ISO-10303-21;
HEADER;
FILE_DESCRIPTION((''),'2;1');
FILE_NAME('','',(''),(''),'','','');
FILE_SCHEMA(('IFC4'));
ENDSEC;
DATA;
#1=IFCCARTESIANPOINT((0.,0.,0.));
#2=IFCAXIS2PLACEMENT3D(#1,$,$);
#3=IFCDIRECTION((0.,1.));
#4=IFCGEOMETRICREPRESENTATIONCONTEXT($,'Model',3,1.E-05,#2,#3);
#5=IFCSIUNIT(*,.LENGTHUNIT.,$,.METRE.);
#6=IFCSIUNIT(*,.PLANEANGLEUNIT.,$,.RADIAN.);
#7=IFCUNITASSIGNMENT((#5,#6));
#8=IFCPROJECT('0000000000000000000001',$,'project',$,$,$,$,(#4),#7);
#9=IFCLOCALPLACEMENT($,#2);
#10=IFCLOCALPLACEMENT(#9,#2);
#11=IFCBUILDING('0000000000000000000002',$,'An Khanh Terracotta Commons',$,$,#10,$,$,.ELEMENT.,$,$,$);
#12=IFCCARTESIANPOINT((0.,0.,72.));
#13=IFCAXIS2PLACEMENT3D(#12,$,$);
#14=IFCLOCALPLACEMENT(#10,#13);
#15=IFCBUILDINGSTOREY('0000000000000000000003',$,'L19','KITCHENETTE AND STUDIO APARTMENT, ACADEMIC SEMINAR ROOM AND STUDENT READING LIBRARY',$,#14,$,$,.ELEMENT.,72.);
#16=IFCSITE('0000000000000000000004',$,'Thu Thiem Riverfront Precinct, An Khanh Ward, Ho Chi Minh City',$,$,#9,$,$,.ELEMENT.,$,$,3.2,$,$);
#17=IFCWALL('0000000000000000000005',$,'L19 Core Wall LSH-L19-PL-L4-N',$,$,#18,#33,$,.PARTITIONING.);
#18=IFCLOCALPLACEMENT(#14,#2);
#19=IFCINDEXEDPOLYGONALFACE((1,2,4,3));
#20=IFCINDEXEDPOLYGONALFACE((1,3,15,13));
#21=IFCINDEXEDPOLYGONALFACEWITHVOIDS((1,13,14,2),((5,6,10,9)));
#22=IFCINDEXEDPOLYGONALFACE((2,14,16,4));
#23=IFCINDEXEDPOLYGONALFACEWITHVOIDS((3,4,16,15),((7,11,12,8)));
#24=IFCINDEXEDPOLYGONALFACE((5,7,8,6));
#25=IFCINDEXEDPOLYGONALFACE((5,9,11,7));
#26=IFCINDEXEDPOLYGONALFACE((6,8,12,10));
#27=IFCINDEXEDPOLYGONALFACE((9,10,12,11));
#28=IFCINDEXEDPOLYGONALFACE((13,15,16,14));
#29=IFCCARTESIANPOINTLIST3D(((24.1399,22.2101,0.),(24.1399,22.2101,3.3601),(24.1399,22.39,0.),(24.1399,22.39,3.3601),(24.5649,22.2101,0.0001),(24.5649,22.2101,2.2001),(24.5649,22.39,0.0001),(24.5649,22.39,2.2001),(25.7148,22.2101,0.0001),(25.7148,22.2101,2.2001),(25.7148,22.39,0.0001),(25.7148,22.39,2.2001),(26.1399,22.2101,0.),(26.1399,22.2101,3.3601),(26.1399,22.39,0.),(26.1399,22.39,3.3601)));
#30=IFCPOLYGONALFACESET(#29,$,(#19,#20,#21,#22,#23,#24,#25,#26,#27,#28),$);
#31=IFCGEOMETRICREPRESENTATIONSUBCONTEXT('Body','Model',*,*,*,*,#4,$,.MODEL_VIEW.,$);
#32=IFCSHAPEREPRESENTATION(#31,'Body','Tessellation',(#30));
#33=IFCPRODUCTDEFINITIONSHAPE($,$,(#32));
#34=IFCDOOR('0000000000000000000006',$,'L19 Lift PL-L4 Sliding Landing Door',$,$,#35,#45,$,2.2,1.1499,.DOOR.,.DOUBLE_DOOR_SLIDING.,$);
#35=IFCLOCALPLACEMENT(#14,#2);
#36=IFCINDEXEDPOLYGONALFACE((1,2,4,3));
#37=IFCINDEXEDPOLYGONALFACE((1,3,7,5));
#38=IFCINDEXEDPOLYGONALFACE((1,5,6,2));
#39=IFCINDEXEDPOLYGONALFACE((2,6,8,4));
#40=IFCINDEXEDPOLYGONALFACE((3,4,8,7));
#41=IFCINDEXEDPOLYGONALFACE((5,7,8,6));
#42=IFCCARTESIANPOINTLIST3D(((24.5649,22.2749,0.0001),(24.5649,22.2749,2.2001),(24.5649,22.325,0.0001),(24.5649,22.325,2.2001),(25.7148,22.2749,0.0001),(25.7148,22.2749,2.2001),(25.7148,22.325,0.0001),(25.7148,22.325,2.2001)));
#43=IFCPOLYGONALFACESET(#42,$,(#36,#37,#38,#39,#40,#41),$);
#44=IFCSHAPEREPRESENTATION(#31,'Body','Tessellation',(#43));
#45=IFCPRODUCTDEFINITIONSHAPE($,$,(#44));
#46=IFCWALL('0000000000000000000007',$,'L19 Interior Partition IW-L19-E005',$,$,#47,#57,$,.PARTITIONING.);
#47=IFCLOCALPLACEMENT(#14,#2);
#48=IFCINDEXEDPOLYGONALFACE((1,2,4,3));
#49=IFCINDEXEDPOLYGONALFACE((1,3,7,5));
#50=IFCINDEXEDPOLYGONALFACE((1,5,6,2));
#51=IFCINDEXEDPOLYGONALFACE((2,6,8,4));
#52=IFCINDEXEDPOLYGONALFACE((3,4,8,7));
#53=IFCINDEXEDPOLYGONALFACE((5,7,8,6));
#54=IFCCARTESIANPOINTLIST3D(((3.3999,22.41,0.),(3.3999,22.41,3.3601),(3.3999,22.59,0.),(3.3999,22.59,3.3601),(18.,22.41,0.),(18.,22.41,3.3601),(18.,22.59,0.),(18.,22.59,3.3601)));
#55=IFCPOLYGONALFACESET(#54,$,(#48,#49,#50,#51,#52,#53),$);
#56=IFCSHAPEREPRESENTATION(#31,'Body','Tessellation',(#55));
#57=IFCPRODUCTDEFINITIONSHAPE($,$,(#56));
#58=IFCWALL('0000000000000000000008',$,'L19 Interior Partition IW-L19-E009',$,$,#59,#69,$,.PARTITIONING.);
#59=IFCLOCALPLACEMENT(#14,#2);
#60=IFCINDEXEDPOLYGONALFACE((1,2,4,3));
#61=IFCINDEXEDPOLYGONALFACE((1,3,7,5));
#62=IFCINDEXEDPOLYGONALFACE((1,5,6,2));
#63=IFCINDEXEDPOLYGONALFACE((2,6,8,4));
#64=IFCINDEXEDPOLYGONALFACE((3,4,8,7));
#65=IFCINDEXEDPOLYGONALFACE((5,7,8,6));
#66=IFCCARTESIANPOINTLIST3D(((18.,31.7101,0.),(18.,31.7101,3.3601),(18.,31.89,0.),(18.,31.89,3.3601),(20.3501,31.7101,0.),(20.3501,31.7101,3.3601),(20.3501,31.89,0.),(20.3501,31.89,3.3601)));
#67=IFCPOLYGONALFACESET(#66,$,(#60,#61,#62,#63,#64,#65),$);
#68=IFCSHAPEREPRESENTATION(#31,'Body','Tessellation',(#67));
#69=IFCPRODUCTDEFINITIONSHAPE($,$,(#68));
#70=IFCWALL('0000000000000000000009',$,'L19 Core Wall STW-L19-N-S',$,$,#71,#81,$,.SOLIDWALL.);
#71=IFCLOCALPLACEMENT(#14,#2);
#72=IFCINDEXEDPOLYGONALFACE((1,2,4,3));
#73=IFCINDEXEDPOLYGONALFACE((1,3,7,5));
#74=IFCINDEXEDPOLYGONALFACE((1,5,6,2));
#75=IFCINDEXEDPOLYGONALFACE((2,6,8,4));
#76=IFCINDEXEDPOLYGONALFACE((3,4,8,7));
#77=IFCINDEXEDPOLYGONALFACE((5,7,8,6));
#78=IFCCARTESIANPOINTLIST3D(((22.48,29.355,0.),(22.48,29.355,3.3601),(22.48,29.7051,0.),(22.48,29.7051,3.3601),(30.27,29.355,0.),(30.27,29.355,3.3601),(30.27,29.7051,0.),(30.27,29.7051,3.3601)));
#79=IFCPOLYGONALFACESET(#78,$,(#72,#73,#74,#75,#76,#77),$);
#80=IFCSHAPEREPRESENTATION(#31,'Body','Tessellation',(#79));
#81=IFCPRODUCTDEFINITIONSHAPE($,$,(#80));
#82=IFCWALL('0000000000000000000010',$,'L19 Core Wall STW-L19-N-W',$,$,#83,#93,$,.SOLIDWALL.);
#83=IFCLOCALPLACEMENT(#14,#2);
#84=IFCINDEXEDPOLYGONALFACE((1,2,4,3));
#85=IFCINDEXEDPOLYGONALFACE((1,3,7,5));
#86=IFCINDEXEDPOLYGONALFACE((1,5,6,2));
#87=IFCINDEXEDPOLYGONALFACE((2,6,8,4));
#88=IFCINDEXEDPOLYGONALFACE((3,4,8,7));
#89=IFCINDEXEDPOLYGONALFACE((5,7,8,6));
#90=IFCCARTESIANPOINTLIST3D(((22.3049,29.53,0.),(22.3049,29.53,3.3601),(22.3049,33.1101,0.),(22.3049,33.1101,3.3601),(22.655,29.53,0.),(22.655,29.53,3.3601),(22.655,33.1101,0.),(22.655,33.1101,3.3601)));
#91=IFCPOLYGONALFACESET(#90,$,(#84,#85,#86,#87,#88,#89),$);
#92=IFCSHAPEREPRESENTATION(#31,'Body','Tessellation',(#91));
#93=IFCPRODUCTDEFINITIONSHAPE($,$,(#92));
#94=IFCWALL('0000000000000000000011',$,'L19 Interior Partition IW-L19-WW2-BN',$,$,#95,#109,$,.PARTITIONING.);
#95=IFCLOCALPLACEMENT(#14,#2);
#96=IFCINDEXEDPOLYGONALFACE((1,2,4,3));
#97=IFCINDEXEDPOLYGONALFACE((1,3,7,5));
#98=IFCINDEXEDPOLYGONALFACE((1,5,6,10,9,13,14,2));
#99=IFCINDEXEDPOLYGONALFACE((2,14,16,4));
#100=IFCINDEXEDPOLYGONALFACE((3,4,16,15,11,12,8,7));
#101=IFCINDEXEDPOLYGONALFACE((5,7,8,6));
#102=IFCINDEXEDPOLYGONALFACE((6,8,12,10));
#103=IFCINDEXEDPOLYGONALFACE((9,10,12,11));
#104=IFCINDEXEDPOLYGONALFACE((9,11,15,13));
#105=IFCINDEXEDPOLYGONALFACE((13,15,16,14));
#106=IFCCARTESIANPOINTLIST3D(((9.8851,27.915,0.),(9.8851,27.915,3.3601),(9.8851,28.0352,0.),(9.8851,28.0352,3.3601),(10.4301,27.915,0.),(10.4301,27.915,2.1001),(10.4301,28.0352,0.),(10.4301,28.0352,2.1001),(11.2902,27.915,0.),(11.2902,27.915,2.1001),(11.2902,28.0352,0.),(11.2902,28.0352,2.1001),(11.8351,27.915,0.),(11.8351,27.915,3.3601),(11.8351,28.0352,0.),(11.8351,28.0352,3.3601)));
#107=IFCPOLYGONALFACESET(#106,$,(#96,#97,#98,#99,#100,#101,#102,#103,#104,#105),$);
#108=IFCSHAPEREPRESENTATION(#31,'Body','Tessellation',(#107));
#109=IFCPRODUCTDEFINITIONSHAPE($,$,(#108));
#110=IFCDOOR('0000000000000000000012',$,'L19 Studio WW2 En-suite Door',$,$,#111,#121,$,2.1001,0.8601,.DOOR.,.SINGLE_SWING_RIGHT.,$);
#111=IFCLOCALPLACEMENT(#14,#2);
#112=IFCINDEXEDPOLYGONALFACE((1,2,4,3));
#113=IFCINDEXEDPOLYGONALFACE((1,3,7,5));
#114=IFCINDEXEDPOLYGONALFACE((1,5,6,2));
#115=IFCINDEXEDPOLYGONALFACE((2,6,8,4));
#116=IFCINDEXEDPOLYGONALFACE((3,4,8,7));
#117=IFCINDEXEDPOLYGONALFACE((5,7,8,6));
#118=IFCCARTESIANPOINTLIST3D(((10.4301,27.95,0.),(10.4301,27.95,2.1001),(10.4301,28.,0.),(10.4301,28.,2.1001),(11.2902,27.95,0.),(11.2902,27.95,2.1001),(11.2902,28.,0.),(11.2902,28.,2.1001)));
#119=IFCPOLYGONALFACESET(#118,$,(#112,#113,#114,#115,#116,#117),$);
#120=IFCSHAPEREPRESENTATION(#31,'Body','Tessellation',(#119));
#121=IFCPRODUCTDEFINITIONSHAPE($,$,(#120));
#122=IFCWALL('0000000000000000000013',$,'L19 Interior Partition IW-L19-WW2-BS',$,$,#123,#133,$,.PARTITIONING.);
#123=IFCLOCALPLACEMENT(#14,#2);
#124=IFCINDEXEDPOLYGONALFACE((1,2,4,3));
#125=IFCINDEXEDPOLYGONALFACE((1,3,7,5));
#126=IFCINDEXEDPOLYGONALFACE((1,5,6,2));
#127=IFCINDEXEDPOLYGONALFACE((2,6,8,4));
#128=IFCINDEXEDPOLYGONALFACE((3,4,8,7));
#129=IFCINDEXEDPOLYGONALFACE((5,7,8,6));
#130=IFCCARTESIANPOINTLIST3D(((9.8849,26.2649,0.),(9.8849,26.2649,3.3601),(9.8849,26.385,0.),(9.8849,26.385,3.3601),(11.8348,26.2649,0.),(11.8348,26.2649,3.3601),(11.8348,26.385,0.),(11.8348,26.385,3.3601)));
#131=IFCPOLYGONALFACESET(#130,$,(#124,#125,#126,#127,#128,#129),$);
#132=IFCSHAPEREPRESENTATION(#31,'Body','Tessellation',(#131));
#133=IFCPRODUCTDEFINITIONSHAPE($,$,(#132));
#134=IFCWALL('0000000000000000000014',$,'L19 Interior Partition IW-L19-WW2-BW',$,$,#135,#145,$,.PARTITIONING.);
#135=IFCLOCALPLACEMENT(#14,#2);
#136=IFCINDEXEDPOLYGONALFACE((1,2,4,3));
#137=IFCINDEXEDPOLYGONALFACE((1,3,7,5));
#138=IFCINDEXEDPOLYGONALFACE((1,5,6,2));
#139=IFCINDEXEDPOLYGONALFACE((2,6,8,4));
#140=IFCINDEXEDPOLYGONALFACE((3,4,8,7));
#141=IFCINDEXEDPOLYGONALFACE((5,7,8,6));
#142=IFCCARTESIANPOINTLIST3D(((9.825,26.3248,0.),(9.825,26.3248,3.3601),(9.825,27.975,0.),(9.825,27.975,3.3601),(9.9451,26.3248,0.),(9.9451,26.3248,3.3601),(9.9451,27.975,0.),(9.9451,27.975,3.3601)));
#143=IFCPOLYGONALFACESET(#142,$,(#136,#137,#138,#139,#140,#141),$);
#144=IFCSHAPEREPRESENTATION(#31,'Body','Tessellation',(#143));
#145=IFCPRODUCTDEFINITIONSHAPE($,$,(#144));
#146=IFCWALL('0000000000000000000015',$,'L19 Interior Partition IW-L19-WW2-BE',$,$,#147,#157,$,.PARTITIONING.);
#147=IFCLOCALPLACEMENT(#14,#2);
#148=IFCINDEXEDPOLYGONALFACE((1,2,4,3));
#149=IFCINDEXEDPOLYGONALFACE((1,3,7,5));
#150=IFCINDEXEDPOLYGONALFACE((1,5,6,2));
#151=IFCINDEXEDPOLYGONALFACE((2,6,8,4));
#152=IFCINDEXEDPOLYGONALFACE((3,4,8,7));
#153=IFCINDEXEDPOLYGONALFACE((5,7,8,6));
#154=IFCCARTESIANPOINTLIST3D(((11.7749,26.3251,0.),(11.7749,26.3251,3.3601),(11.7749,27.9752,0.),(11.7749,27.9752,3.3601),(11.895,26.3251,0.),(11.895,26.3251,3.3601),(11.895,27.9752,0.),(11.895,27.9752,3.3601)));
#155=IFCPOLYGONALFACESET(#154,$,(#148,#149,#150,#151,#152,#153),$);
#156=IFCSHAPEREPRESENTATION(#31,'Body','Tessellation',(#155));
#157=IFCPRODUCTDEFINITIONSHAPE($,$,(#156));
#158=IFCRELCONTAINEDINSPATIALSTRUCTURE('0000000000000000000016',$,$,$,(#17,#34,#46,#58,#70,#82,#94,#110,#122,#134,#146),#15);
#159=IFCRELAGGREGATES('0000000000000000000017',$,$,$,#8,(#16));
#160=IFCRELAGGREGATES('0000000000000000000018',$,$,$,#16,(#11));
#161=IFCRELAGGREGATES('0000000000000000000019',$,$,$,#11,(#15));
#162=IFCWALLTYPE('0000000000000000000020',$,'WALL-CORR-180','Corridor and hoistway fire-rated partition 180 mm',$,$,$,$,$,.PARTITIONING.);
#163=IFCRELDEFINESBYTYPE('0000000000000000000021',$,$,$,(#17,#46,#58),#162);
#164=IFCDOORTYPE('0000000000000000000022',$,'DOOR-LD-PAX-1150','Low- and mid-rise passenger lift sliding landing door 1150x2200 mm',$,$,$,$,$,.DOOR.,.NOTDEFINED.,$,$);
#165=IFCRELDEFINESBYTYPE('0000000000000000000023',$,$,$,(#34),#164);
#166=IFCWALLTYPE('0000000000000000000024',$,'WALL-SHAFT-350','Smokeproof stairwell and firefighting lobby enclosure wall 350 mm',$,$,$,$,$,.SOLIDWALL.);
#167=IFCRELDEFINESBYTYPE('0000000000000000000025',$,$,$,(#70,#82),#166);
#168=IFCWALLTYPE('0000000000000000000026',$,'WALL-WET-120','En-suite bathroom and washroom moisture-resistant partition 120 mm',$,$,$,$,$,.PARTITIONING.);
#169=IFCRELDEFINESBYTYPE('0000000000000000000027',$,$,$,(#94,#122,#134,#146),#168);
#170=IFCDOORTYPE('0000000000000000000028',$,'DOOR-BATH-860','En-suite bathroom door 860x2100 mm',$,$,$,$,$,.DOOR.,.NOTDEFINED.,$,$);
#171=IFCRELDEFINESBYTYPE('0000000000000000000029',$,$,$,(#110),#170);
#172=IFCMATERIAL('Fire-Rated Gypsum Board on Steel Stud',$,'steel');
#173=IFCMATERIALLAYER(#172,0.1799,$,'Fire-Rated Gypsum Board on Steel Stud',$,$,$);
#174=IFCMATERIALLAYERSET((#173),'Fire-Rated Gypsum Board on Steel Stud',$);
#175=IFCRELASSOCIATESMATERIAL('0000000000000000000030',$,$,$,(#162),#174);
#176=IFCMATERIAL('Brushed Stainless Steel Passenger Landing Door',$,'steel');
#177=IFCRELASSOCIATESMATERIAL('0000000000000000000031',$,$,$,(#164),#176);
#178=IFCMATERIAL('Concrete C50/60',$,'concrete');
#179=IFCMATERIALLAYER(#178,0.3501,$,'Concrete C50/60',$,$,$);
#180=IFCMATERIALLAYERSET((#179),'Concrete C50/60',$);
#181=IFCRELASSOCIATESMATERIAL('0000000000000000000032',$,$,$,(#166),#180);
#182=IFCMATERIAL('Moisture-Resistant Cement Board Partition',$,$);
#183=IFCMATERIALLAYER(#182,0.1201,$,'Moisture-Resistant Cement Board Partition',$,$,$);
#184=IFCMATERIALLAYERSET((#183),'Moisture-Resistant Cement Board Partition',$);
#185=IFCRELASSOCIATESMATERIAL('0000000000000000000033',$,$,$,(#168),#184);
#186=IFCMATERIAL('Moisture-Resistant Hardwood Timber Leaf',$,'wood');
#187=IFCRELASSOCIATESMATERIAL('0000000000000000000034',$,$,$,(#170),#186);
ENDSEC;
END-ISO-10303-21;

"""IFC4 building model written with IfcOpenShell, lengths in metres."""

from ifc_helpers import new_model, si_unit, direction, frame, frame_2d, origin, place, context, subcontext, project, spatial, rectangle, extrude, material, layer, layer_set, type_object, element, fill, save


model = new_model("IFC4")

# Units and contexts
model_context = context("Model", 3, precision=1e-05, world=origin(), true_north=direction((0.0, 1.0)))
body_context = subcontext(model_context, "Body", "Model", "MODEL_VIEW")
ifc_project = project(units=[si_unit("LENGTHUNIT", "METRE"), si_unit("PLANEANGLEUNIT", "RADIAN")], contexts=[model_context])

# Site, building, storey
site_placement = place(None, origin())
site = spatial("IfcSite", under=ifc_project, at=site_placement, Name="Thu Thiem Riverfront Precinct, An Khanh Ward, Ho Chi Minh City", CompositionType="ELEMENT", RefElevation=3.2)
building_placement = place(site_placement, origin())
building = spatial("IfcBuilding", under=site, at=building_placement, Name="An Khanh Terracotta Commons", CompositionType="ELEMENT")
storey_placement = place(building_placement, frame((0.0, 0.0, 72.0)))
storey = spatial("IfcBuildingStorey", under=building, at=storey_placement, Name="L19", Description="KITCHENETTE AND STUDIO APARTMENT, ACADEMIC SEMINAR ROOM AND STUDENT READING LIBRARY", CompositionType="ELEMENT", Elevation=72.0)

# Shared definitions
ifc_material_1 = material(Name="Fire-Rated Gypsum Board on Steel Stud", Category="steel")
ifc_layer_1 = layer(ifc_material_1, 0.1799, Name="Fire-Rated Gypsum Board on Steel Stud")
ifc_layer_set_1 = layer_set([ifc_layer_1], Name="Fire-Rated Gypsum Board on Steel Stud")
wall_type_1 = type_object("IfcWallType", Name="WALL-CORR-180", Description="Corridor and hoistway fire-rated partition 180 mm", PredefinedType="PARTITIONING", material=ifc_layer_set_1)

# Shared definitions
ifc_material_2 = material(Name="Brushed Stainless Steel Passenger Landing Door", Category="steel")
door_type_1 = type_object("IfcDoorType", Name="DOOR-LD-PAX-1150", Description="Low- and mid-rise passenger lift sliding landing door 1150x2200 mm", OperationType="NOTDEFINED", PredefinedType="DOOR", material=ifc_material_2)

# Wall, opening, door
wall_1_placement = place(storey_placement, frame((24.1399, 22.3, 0.0), z_axis=(0.0, 0.0, 1.0), x_axis=(1.0, 0.0, 0.0)))
wall_1 = element("IfcWall", 1, at=wall_1_placement, inside=storey, type_object=wall_type_1, Name="L19 Core Wall LSH-L19-PL-L4-N", PredefinedType="PARTITIONING", context=body_context, shape_type="SweptSolid", body=[
    extrude(rectangle(XDim=2.0, YDim=0.1799, at=frame_2d((1.0, 0.0))), origin(), (0.0, 0.0, 1.0), 3.3601),
])
opening_1_placement = place(wall_1_placement, frame((0.425, 0.0, 0.0)))
opening_1 = element("IfcOpeningElement", 2, at=opening_1_placement, cuts=wall_1, PredefinedType="OPENING", context=body_context, shape_type="SweptSolid", body=[
    extrude(rectangle(XDim=1.1499, YDim=2.2, at=frame_2d((0.575, 1.1001))), frame((0.0, 0.0999, 0.0), z_axis=(0.0, -1.0, 0.0), x_axis=(1.0, 0.0, 0.0)), (0.0, 0.0, 1.0), 0.2),
])
door_1_placement = place(opening_1_placement, origin())
door_1 = element("IfcDoor", 3, at=door_1_placement, inside=storey, type_object=door_type_1, Name="L19 Lift PL-L4 Sliding Landing Door", OperationType="DOUBLE_DOOR_SLIDING", OverallHeight=2.2, OverallWidth=1.1499, PredefinedType="DOOR", context=body_context, shape_type="SweptSolid", body=[
    extrude(rectangle(XDim=1.1499, YDim=2.2, at=frame_2d((0.575, 1.1001))), frame((0.0, 0.0249, 0.0), z_axis=(0.0, -1.0, 0.0), x_axis=(1.0, 0.0, 0.0)), (0.0, 0.0, 1.0), 0.05),
])
fill(opening_1, door_1)

# Walls
wall_2_placement = place(storey_placement, frame((3.3999, 22.5, 0.0), z_axis=(0.0, 0.0, 1.0), x_axis=(1.0, 0.0, 0.0)))
element("IfcWall", 4, at=wall_2_placement, inside=storey, type_object=wall_type_1, Name="L19 Interior Partition IW-L19-E005", PredefinedType="PARTITIONING", context=body_context, shape_type="SweptSolid", body=[
    extrude(rectangle(XDim=14.6001, YDim=0.1799, at=frame_2d((7.3, 0.0))), origin(), (0.0, 0.0, 1.0), 3.3601),
])
wall_3_placement = place(storey_placement, frame((18.0, 31.8, 0.0), z_axis=(0.0, 0.0, 1.0), x_axis=(1.0, 0.0, 0.0)))
element("IfcWall", 5, at=wall_3_placement, inside=storey, type_object=wall_type_1, Name="L19 Interior Partition IW-L19-E009", PredefinedType="PARTITIONING", context=body_context, shape_type="SweptSolid", body=[
    extrude(rectangle(XDim=2.3501, YDim=0.1799, at=frame_2d((1.175, 0.0))), origin(), (0.0, 0.0, 1.0), 3.3601),
])
ifc_material_3 = material(Name="Concrete C50/60", Category="concrete")
ifc_layer_2 = layer(ifc_material_3, 0.3501, Name="Concrete C50/60")
ifc_layer_set_2 = layer_set([ifc_layer_2], Name="Concrete C50/60")
wall_type_2 = type_object("IfcWallType", Name="WALL-SHAFT-350", Description="Smokeproof stairwell and firefighting lobby enclosure wall 350 mm", PredefinedType="SOLIDWALL", material=ifc_layer_set_2)
wall_4_placement = place(storey_placement, frame((22.48, 29.53, 0.0), z_axis=(0.0, 0.0, 1.0), x_axis=(1.0, 0.0, 0.0)))
element("IfcWall", 6, at=wall_4_placement, inside=storey, type_object=wall_type_2, Name="L19 Core Wall STW-L19-N-S", PredefinedType="SOLIDWALL", context=body_context, shape_type="SweptSolid", body=[
    extrude(rectangle(XDim=7.79, YDim=0.3501, at=frame_2d((3.895, 0.0))), origin(), (0.0, 0.0, 1.0), 3.3601),
])
wall_5_placement = place(storey_placement, frame((22.48, 29.53, 0.0), z_axis=(0.0, 0.0, 1.0), x_axis=(0.0, 1.0, 0.0)))
element("IfcWall", 7, at=wall_5_placement, inside=storey, type_object=wall_type_2, Name="L19 Core Wall STW-L19-N-W", PredefinedType="SOLIDWALL", context=body_context, shape_type="SweptSolid", body=[
    extrude(rectangle(XDim=3.5801, YDim=0.3501, at=frame_2d((1.79, 0.0))), origin(), (0.0, 0.0, 1.0), 3.3601),
])

# Wall, opening, door
ifc_material_4 = material(Name="Moisture-Resistant Cement Board Partition")
ifc_layer_3 = layer(ifc_material_4, 0.1201, Name="Moisture-Resistant Cement Board Partition")
ifc_layer_set_3 = layer_set([ifc_layer_3], Name="Moisture-Resistant Cement Board Partition")
wall_type_3 = type_object("IfcWallType", Name="WALL-WET-120", Description="En-suite bathroom and washroom moisture-resistant partition 120 mm", PredefinedType="PARTITIONING", material=ifc_layer_set_3)
wall_6_placement = place(storey_placement, frame((9.885, 27.9751, 0.0), z_axis=(0.0, 0.0, 1.0), x_axis=(1.0, 0.0, 0.0)))
wall_6 = element("IfcWall", 8, at=wall_6_placement, inside=storey, type_object=wall_type_3, Name="L19 Interior Partition IW-L19-WW2-BN", PredefinedType="PARTITIONING", context=body_context, shape_type="SweptSolid", body=[
    extrude(rectangle(XDim=1.95, YDim=0.1201, at=frame_2d((0.9751, 0.0))), origin(), (0.0, 0.0, 1.0), 3.3601),
])
opening_2_placement = place(wall_6_placement, frame((0.5449, 0.0, 0.0)))
opening_2 = element("IfcOpeningElement", 9, at=opening_2_placement, cuts=wall_6, PredefinedType="OPENING", context=body_context, shape_type="SweptSolid", body=[
    extrude(rectangle(XDim=0.8601, YDim=2.1001, at=frame_2d((0.4302, 1.05))), frame((0.0, 0.0701, 0.0), z_axis=(0.0, -1.0, 0.0), x_axis=(1.0, 0.0, 0.0)), (0.0, 0.0, 1.0), 0.1401),
])
ifc_material_5 = material(Name="Moisture-Resistant Hardwood Timber Leaf", Category="wood")
door_type_2 = type_object("IfcDoorType", Name="DOOR-BATH-860", Description="En-suite bathroom door 860x2100 mm", OperationType="NOTDEFINED", PredefinedType="DOOR", material=ifc_material_5)
door_2_placement = place(opening_2_placement, origin())
door_2 = element("IfcDoor", 10, at=door_2_placement, inside=storey, type_object=door_type_2, Name="L19 Studio WW2 En-suite Door", OperationType="SINGLE_SWING_RIGHT", OverallHeight=2.1001, OverallWidth=0.8601, PredefinedType="DOOR", context=body_context, shape_type="SweptSolid", body=[
    extrude(rectangle(XDim=0.8601, YDim=2.1001, at=frame_2d((0.4302, 1.05))), frame((0.0, 0.0249, 0.0), z_axis=(0.0, -1.0, 0.0), x_axis=(1.0, 0.0, 0.0)), (0.0, 0.0, 1.0), 0.05),
])
fill(opening_2, door_2)

# Walls
wall_7_placement = place(storey_placement, frame((11.835, 26.325, 0.0), z_axis=(0.0, 0.0, 1.0), x_axis=(-1.0, 0.0, 0.0)))
element("IfcWall", 11, at=wall_7_placement, inside=storey, type_object=wall_type_3, Name="L19 Interior Partition IW-L19-WW2-BS", PredefinedType="PARTITIONING", context=body_context, shape_type="SweptSolid", body=[
    extrude(rectangle(XDim=1.95, YDim=0.1201, at=frame_2d((0.9751, 0.0))), origin(), (0.0, 0.0, 1.0), 3.3601),
])
for number, where, z_axis, x_axis, name in (
    (12, (9.885, 27.9751, 0.0), (0.0, 0.0, 1.0), (0.0, -1.0, 0.0), "L19 Interior Partition IW-L19-WW2-BW"),
    (13, (11.835, 26.325, 0.0), (0.0, 0.0, 1.0), (0.0, 1.0, 0.0), "L19 Interior Partition IW-L19-WW2-BE"),
):
    element("IfcWall", number, at=place(storey_placement, frame(where, z_axis=z_axis, x_axis=x_axis)), inside=storey, type_object=wall_type_3, Name=name, PredefinedType="PARTITIONING", context=body_context, shape_type="SweptSolid", body=[
        extrude(rectangle(XDim=1.6501, YDim=0.1201, at=frame_2d((0.8252, 0.0))), origin(), (0.0, 0.0, 1.0), 3.3601),
    ])

save(model, "model.ifc")
